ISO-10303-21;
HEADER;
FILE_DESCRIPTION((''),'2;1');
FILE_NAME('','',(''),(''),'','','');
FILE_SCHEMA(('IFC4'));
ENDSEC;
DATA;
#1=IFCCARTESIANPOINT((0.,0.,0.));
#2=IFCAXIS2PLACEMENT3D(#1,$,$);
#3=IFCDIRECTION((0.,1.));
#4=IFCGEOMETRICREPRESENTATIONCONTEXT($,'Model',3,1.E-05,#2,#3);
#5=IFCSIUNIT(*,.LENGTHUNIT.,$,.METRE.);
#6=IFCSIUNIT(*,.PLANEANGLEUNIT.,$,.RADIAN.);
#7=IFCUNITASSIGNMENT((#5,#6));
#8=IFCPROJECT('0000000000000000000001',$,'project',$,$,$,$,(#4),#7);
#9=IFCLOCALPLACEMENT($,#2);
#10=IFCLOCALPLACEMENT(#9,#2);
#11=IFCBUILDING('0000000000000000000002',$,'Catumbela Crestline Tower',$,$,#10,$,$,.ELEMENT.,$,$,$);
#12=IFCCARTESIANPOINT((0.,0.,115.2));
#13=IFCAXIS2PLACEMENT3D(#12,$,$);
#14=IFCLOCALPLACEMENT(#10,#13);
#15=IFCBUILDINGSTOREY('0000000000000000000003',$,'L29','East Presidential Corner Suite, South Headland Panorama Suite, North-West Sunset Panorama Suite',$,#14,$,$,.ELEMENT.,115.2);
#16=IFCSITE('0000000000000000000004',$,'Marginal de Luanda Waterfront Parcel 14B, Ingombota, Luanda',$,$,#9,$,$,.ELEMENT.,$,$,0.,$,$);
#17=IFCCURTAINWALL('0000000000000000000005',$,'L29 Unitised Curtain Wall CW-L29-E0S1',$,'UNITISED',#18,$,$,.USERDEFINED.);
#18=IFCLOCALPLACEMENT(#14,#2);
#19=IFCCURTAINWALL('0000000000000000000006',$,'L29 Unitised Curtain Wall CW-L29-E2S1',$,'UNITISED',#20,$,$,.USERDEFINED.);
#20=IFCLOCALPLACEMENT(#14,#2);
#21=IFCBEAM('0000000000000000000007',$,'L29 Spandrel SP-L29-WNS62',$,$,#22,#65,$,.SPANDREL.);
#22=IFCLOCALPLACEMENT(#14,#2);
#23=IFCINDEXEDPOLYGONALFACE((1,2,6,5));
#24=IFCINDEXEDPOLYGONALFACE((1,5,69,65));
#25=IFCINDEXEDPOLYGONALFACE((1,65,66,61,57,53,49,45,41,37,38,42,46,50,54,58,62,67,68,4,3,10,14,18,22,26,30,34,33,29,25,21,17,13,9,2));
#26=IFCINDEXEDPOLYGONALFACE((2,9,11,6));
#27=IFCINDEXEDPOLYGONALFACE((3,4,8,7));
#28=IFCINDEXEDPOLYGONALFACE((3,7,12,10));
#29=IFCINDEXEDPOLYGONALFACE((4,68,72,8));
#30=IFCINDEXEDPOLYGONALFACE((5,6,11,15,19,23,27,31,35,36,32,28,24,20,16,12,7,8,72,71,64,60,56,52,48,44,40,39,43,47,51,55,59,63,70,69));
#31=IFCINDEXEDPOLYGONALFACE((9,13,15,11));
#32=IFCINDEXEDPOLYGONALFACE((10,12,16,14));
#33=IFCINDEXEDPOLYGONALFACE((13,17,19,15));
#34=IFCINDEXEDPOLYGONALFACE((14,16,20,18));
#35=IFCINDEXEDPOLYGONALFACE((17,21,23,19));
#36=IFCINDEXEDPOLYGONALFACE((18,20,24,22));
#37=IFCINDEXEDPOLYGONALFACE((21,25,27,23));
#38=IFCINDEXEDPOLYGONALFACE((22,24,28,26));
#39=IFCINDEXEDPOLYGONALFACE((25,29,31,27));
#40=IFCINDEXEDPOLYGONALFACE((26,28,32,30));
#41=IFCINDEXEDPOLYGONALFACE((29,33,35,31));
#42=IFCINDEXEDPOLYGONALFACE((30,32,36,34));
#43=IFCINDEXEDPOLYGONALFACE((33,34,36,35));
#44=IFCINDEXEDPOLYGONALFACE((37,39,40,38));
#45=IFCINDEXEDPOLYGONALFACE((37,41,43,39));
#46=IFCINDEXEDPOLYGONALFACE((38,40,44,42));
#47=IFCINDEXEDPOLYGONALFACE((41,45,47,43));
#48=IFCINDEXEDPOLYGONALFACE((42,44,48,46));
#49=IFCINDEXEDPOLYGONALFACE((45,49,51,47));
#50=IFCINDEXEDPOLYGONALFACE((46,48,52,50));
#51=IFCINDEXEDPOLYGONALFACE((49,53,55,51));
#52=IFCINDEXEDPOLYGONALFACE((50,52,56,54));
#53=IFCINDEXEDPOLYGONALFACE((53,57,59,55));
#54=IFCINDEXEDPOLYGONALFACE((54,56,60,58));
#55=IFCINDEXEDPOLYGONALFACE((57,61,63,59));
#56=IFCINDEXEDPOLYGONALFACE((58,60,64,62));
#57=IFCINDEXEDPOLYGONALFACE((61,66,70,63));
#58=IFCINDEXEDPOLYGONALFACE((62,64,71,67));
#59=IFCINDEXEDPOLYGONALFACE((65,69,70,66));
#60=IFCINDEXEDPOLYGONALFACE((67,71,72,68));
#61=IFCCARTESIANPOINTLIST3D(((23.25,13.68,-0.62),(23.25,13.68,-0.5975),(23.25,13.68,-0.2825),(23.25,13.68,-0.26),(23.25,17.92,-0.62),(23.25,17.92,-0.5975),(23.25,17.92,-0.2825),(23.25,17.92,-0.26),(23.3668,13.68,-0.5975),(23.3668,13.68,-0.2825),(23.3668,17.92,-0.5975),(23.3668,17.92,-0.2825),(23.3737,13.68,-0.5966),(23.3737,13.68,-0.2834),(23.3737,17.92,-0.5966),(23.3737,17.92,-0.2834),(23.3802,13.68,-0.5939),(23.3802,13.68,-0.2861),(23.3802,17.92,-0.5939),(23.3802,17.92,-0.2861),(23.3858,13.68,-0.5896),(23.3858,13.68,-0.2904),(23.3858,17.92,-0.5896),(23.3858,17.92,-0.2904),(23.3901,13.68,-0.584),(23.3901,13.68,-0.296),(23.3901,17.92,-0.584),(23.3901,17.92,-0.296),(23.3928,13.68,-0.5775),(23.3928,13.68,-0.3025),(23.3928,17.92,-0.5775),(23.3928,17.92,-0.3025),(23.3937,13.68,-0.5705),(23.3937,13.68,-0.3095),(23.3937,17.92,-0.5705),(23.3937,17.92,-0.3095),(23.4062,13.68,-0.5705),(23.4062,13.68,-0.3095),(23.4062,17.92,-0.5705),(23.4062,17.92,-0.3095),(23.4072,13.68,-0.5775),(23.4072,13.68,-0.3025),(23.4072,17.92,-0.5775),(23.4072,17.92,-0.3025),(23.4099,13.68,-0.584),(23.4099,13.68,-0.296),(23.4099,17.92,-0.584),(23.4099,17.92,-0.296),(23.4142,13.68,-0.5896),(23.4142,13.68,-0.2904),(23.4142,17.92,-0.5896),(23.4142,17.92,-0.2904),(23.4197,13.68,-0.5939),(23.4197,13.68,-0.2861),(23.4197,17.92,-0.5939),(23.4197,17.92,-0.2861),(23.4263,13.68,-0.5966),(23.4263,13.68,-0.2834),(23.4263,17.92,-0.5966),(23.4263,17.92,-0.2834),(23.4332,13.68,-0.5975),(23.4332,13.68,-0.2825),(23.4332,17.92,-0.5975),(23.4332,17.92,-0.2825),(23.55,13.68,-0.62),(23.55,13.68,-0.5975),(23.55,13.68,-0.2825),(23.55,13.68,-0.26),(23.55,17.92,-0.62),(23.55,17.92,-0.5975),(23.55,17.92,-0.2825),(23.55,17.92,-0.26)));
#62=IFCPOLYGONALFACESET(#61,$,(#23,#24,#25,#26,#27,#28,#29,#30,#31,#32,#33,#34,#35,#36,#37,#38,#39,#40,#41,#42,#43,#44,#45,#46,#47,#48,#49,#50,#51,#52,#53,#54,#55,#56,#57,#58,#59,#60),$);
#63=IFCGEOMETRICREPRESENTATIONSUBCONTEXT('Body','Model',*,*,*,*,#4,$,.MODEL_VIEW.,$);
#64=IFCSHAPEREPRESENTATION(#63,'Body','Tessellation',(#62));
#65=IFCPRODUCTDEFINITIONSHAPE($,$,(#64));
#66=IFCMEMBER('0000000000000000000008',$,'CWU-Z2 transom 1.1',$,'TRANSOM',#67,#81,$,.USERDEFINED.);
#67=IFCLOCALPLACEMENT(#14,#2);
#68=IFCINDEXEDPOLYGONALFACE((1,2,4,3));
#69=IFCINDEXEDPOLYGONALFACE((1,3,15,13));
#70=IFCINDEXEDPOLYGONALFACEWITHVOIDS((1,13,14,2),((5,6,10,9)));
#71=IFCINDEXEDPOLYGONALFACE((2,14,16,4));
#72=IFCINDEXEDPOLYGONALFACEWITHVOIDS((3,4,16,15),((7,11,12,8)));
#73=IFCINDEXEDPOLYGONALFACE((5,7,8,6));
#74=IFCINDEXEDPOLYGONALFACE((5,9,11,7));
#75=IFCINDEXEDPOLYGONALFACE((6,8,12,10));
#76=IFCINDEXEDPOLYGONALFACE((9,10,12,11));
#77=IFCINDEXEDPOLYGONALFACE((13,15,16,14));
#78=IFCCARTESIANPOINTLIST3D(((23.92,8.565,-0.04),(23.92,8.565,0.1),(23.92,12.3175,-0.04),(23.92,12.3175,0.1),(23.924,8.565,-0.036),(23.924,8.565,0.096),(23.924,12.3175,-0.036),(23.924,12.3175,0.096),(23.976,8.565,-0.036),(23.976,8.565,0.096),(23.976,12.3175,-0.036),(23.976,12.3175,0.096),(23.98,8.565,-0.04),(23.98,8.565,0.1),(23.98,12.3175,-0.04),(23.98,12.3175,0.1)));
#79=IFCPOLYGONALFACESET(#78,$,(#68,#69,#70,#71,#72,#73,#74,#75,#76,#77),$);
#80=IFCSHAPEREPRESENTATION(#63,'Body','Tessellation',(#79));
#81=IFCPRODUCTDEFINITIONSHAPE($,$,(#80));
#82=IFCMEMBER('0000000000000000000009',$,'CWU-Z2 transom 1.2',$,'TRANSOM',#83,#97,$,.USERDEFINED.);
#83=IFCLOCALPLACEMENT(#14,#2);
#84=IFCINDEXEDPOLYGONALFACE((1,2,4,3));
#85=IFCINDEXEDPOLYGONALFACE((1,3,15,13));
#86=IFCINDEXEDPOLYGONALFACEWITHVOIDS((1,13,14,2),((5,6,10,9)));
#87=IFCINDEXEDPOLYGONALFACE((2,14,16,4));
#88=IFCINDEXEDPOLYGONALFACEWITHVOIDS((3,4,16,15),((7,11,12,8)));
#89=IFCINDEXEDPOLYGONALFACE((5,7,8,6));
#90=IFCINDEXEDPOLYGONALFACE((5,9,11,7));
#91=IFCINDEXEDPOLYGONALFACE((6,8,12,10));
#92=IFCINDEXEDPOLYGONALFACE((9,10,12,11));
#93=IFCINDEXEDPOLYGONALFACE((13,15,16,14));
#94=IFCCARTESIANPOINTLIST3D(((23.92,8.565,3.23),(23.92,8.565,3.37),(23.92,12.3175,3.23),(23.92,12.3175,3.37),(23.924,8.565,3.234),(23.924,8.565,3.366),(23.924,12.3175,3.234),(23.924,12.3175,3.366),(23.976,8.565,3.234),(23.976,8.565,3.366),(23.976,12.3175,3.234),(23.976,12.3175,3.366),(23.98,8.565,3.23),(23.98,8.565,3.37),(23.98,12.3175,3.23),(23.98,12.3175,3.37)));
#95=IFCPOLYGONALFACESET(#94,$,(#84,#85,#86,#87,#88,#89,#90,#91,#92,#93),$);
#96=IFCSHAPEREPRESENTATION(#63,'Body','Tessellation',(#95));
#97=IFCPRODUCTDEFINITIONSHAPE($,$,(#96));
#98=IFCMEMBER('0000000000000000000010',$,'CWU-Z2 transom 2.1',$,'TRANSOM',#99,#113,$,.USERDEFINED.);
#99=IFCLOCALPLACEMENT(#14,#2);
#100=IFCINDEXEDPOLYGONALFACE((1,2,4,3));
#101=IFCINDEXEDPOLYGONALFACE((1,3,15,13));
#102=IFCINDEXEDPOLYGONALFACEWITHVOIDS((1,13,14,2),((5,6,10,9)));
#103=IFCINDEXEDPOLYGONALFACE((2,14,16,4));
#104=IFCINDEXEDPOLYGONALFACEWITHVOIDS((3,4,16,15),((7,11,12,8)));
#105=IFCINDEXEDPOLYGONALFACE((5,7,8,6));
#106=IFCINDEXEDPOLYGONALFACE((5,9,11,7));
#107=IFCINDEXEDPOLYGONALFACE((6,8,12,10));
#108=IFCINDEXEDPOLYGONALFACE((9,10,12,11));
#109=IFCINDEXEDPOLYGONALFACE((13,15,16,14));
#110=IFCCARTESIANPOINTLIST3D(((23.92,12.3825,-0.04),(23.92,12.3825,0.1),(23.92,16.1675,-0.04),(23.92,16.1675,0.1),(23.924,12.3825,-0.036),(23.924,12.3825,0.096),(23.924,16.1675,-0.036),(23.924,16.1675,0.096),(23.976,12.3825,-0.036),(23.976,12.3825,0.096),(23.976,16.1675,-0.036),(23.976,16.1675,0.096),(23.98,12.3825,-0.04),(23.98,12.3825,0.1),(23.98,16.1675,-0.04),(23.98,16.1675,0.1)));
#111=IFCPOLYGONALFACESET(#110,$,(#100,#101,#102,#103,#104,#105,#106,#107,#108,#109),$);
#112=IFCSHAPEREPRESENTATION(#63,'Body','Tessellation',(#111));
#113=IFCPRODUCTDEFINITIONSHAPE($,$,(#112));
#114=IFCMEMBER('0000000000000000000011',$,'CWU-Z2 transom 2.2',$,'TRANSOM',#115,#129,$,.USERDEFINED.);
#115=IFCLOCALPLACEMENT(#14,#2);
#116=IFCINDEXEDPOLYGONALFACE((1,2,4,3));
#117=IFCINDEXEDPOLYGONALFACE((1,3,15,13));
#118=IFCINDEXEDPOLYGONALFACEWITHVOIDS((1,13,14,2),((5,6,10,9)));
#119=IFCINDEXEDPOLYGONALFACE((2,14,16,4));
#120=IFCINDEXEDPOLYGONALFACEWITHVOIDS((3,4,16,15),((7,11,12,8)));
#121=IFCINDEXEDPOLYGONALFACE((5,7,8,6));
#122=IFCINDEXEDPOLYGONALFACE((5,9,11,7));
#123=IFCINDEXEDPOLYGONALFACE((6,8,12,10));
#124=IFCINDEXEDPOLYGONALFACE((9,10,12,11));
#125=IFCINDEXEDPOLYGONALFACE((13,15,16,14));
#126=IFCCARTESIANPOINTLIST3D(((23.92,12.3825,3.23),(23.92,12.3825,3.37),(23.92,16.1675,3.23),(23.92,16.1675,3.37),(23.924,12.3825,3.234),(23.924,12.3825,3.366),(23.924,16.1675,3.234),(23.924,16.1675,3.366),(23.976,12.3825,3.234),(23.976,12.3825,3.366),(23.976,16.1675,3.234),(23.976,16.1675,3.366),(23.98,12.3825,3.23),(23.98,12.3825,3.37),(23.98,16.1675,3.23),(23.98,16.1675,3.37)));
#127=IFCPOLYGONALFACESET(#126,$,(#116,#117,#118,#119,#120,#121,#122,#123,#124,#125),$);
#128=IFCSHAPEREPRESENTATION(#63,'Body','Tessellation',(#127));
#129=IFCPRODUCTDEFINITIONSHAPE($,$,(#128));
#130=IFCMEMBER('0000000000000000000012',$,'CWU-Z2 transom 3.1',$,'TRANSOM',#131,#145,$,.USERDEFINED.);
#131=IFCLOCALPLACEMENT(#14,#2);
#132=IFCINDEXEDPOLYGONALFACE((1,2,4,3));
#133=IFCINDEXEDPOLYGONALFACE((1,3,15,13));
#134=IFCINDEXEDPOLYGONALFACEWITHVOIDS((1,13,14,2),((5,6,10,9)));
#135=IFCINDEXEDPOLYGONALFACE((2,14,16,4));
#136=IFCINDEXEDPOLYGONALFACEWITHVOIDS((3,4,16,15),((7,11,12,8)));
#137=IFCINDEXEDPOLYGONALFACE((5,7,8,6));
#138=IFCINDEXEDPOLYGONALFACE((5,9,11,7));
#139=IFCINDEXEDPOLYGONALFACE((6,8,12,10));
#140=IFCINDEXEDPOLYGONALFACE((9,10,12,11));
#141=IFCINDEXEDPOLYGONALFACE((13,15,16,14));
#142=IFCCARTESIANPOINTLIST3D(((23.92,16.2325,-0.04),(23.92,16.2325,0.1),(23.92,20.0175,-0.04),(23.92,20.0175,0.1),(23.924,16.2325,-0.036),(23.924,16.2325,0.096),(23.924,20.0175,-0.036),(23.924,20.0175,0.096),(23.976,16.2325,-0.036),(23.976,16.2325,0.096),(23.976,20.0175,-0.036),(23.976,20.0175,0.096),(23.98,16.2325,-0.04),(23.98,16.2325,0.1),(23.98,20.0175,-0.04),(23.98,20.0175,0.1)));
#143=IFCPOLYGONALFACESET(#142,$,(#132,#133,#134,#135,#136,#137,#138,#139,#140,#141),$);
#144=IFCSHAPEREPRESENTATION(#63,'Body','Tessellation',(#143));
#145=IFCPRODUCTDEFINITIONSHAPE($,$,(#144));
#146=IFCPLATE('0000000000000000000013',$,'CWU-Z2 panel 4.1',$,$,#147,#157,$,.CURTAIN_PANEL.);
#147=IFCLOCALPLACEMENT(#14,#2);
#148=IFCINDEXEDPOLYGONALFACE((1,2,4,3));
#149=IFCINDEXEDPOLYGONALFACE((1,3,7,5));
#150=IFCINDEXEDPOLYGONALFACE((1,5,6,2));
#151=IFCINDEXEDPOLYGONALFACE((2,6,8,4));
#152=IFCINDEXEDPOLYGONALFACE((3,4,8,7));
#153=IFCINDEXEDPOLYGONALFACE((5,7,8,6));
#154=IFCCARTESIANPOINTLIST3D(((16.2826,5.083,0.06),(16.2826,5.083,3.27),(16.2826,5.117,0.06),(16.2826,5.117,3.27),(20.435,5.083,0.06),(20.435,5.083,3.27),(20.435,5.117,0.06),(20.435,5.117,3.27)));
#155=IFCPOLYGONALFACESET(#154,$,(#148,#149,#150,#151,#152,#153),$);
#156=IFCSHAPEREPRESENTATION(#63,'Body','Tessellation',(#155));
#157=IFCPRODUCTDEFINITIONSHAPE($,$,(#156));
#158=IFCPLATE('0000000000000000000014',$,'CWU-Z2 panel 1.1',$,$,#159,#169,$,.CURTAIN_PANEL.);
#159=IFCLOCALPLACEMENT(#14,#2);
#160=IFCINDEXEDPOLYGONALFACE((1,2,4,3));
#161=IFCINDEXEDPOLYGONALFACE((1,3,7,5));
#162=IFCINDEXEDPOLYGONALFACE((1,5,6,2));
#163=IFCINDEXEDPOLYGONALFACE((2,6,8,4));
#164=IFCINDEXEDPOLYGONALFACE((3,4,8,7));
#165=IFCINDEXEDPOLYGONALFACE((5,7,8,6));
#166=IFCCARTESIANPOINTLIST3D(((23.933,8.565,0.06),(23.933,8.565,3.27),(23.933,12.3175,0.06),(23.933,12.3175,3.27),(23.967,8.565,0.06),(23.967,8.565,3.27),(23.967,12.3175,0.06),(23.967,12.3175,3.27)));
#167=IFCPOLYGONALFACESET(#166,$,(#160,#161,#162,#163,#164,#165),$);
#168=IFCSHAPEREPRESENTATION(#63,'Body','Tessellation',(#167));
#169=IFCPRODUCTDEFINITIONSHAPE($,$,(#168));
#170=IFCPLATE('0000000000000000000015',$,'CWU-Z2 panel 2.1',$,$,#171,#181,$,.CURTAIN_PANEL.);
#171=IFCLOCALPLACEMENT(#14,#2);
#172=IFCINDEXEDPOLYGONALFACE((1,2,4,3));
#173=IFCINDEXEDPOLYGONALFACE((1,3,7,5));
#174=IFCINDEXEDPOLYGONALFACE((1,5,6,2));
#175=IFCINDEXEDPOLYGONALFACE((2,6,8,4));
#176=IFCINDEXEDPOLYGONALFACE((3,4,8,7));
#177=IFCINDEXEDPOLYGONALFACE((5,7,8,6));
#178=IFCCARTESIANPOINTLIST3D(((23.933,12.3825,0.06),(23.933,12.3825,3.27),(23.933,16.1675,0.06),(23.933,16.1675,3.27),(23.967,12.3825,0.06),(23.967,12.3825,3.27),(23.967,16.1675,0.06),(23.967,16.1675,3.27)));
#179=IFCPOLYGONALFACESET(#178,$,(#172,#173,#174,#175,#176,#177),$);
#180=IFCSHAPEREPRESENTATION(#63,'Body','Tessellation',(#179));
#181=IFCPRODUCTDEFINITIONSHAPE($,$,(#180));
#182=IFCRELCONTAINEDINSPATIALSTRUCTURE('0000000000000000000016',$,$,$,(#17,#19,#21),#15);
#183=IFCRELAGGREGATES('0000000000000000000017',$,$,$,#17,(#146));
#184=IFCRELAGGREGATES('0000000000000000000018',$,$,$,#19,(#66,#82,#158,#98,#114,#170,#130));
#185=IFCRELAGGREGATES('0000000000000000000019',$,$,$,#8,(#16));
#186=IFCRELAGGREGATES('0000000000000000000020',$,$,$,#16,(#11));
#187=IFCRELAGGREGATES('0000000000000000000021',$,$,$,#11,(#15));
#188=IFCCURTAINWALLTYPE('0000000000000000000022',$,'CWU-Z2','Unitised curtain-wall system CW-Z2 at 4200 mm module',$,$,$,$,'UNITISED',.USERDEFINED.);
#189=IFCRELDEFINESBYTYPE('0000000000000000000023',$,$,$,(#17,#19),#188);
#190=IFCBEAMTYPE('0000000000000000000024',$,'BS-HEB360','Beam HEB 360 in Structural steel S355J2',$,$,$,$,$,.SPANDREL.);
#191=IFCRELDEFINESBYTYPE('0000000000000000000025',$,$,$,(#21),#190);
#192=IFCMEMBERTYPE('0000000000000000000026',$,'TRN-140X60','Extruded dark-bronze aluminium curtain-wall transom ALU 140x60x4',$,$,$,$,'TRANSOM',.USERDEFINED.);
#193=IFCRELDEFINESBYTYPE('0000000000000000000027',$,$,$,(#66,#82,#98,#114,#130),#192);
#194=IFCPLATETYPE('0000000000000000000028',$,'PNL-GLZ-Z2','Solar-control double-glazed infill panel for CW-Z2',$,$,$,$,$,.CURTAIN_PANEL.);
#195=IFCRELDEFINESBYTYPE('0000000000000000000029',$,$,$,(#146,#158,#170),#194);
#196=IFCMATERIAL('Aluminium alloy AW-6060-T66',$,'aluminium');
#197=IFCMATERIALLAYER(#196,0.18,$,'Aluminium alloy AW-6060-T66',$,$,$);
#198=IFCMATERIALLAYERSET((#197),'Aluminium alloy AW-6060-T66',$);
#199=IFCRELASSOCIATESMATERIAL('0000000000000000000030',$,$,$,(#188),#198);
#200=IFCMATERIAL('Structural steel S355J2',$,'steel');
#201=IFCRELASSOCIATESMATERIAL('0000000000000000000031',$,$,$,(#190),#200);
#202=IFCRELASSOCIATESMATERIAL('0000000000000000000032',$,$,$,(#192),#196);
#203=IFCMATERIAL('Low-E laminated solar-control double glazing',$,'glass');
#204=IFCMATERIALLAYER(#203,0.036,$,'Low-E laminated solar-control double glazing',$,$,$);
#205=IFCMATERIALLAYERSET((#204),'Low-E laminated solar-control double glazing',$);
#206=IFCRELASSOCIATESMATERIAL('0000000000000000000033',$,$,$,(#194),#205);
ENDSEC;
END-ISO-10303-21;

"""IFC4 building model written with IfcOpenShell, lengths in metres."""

from ifc_helpers import new_model, si_unit, direction, frame, origin, origin_2d, place, context, subcontext, project, spatial, rectangle, hollow_rectangle, i_section, extrude, material, layer, layer_set, material_profile, profile_set, type_object, element, aggregate, save


model = new_model("IFC4")

# Units and contexts
model_context = context("Model", 3, precision=1e-05, world=origin(), true_north=direction((0.0, 1.0)))
body_context = subcontext(model_context, "Body", "Model", "MODEL_VIEW")
ifc_project = project(units=[si_unit("LENGTHUNIT", "METRE"), si_unit("PLANEANGLEUNIT", "RADIAN")], contexts=[model_context])

# Site, building, storey
site_placement = place(None, origin())
site = spatial("IfcSite", under=ifc_project, at=site_placement, Name="Marginal de Luanda Waterfront Parcel 14B, Ingombota, Luanda", CompositionType="ELEMENT", RefElevation=0.0)
building_placement = place(site_placement, origin())
building = spatial("IfcBuilding", under=site, at=building_placement, Name="Catumbela Crestline Tower", CompositionType="ELEMENT")
storey_placement = place(building_placement, frame((0.0, 0.0, 115.2)))
storey = spatial("IfcBuildingStorey", under=building, at=storey_placement, Name="L29", Description="East Presidential Corner Suite, South Headland Panorama Suite, North-West Sunset Panorama Suite", CompositionType="ELEMENT", Elevation=115.2)

# Shared definitions
ifc_material_1 = material(Name="Structural steel S355J2", Category="steel")

# Curtain wall
ifc_material_2 = material(Name="Aluminium alloy AW-6060-T66", Category="aluminium")
ifc_layer_1 = layer(ifc_material_2, 0.18, Name="Aluminium alloy AW-6060-T66")
ifc_layer_set_1 = layer_set([ifc_layer_1], Name="Aluminium alloy AW-6060-T66")
curtain_wall_type = type_object("IfcCurtainWallType", Name="CWU-Z2", Description="Unitised curtain-wall system CW-Z2 at 4200 mm module", ElementType="UNITISED", PredefinedType="USERDEFINED", material=ifc_layer_set_1)
curtain_wall_1_placement = place(storey_placement, origin())
curtain_wall_1 = element("IfcCurtainWall", 1, at=curtain_wall_1_placement, inside=storey, type_object=curtain_wall_type, Name="L29 Unitised Curtain Wall CW-L29-E0S1", ObjectType="UNITISED", PredefinedType="USERDEFINED")

# Curtain wall
curtain_wall_2_placement = place(storey_placement, origin())
curtain_wall_2 = element("IfcCurtainWall", 2, at=curtain_wall_2_placement, inside=storey, type_object=curtain_wall_type, Name="L29 Unitised Curtain Wall CW-L29-E2S1", ObjectType="UNITISED", PredefinedType="USERDEFINED")

# Beam
ifc_material_profile_1 = material_profile(ifc_material_1, i_section(OverallWidth=0.3, OverallDepth=0.36, WebThickness=0.0125, FlangeThickness=0.0225, FilletRadius=0.027, at=origin_2d()), Name="HEB 360")
ifc_profile_set_1 = profile_set([ifc_material_profile_1], Name="Structural steel S355J2")
beam_type_1 = type_object("IfcBeamType", Name="BS-HEB360", Description="Beam HEB 360 in Structural steel S355J2", PredefinedType="SPANDREL", material=ifc_profile_set_1)
beam_1_placement = place(storey_placement, frame((23.4, 13.68, -0.44), z_axis=(0.0, 1.0, 0.0), x_axis=(-1.0, 0.0, 0.0)))
element("IfcBeam", 3, at=beam_1_placement, inside=storey, type_object=beam_type_1, Name="L29 Spandrel SP-L29-WNS62", PredefinedType="SPANDREL", context=body_context, shape_type="SweptSolid", body=[
    extrude(i_section(OverallWidth=0.3, OverallDepth=0.36, WebThickness=0.0125, FlangeThickness=0.0225, FilletRadius=0.027, at=origin_2d()), origin(), (0.0, 0.0, 1.0), 4.24),
])

# Members
ifc_material_profile_2 = material_profile(ifc_material_2, hollow_rectangle(XDim=0.06, YDim=0.14, WallThickness=0.004, at=origin_2d()), Name="ALU 140x60x4")
ifc_profile_set_2 = profile_set([ifc_material_profile_2], Name="Aluminium alloy AW-6060-T66")
member_type_1 = type_object("IfcMemberType", Name="TRN-140X60", Description="Extruded dark-bronze aluminium curtain-wall transom ALU 140x60x4", ElementType="TRANSOM", PredefinedType="USERDEFINED", material=ifc_profile_set_2)
member_1_placement = place(storey_placement, frame((23.95, 8.565, 0.03), z_axis=(0.0, 1.0, 0.0), x_axis=(-1.0, 0.0, 0.0)))
member_1 = element("IfcMember", 4, at=member_1_placement, type_object=member_type_1, Name="CWU-Z2 transom 1.1", ObjectType="TRANSOM", PredefinedType="USERDEFINED", context=body_context, shape_type="SweptSolid", body=[
    extrude(hollow_rectangle(XDim=0.06, YDim=0.14, WallThickness=0.004, at=origin_2d()), origin(), (0.0, 0.0, 1.0), 3.7525),
])
member_2_placement = place(storey_placement, frame((23.95, 8.565, 3.3), z_axis=(0.0, 1.0, 0.0), x_axis=(-1.0, 0.0, 0.0)))
member_2 = element("IfcMember", 5, at=member_2_placement, type_object=member_type_1, Name="CWU-Z2 transom 1.2", ObjectType="TRANSOM", PredefinedType="USERDEFINED", context=body_context, shape_type="SweptSolid", body=[
    extrude(hollow_rectangle(XDim=0.06, YDim=0.14, WallThickness=0.004, at=origin_2d()), origin(), (0.0, 0.0, 1.0), 3.7525),
])
member_3_placement = place(storey_placement, frame((23.95, 12.3825, 0.03), z_axis=(0.0, 1.0, 0.0), x_axis=(-1.0, 0.0, 0.0)))
member_3 = element("IfcMember", 6, at=member_3_placement, type_object=member_type_1, Name="CWU-Z2 transom 2.1", ObjectType="TRANSOM", PredefinedType="USERDEFINED", context=body_context, shape_type="SweptSolid", body=[
    extrude(hollow_rectangle(XDim=0.06, YDim=0.14, WallThickness=0.004, at=origin_2d()), origin(), (0.0, 0.0, 1.0), 3.785),
])
member_4_placement = place(storey_placement, frame((23.95, 12.3825, 3.3), z_axis=(0.0, 1.0, 0.0), x_axis=(-1.0, 0.0, 0.0)))
member_4 = element("IfcMember", 7, at=member_4_placement, type_object=member_type_1, Name="CWU-Z2 transom 2.2", ObjectType="TRANSOM", PredefinedType="USERDEFINED", context=body_context, shape_type="SweptSolid", body=[
    extrude(hollow_rectangle(XDim=0.06, YDim=0.14, WallThickness=0.004, at=origin_2d()), origin(), (0.0, 0.0, 1.0), 3.785),
])
member_5_placement = place(storey_placement, frame((23.95, 16.2325, 0.03), z_axis=(0.0, 1.0, 0.0), x_axis=(-1.0, 0.0, 0.0)))
member_5 = element("IfcMember", 8, at=member_5_placement, type_object=member_type_1, Name="CWU-Z2 transom 3.1", ObjectType="TRANSOM", PredefinedType="USERDEFINED", context=body_context, shape_type="SweptSolid", body=[
    extrude(hollow_rectangle(XDim=0.06, YDim=0.14, WallThickness=0.004, at=origin_2d()), origin(), (0.0, 0.0, 1.0), 3.785),
])

# Plates
ifc_material_3 = material(Name="Low-E laminated solar-control double glazing", Category="glass")
ifc_layer_2 = layer(ifc_material_3, 0.036, Name="Low-E laminated solar-control double glazing")
ifc_layer_set_2 = layer_set([ifc_layer_2], Name="Low-E laminated solar-control double glazing")
plate_type = type_object("IfcPlateType", Name="PNL-GLZ-Z2", Description="Solar-control double-glazed infill panel for CW-Z2", PredefinedType="CURTAIN_PANEL", material=ifc_layer_set_2)
plate_1_placement = place(storey_placement, frame((18.3588, 5.1, 0.06), z_axis=(0.0, 0.0, 1.0), x_axis=(1.0, 0.0, 0.0)))
plate_1 = element("IfcPlate", 9, at=plate_1_placement, type_object=plate_type, Name="CWU-Z2 panel 4.1", PredefinedType="CURTAIN_PANEL", context=body_context, shape_type="SweptSolid", body=[
    extrude(rectangle(XDim=4.1525, YDim=0.034, at=origin_2d()), origin(), (0.0, 0.0, 1.0), 3.21),
])
aggregate(curtain_wall_1, [plate_1])
plate_2_placement = place(storey_placement, frame((23.95, 10.4412, 0.06), z_axis=(0.0, 0.0, 1.0), x_axis=(0.0, 1.0, 0.0)))
plate_2 = element("IfcPlate", 10, at=plate_2_placement, type_object=plate_type, Name="CWU-Z2 panel 1.1", PredefinedType="CURTAIN_PANEL", context=body_context, shape_type="SweptSolid", body=[
    extrude(rectangle(XDim=3.7525, YDim=0.034, at=origin_2d()), origin(), (0.0, 0.0, 1.0), 3.21),
])
plate_3_placement = place(storey_placement, frame((23.95, 14.275, 0.06), z_axis=(0.0, 0.0, 1.0), x_axis=(0.0, 1.0, 0.0)))
plate_3 = element("IfcPlate", 11, at=plate_3_placement, type_object=plate_type, Name="CWU-Z2 panel 2.1", PredefinedType="CURTAIN_PANEL", context=body_context, shape_type="SweptSolid", body=[
    extrude(rectangle(XDim=3.785, YDim=0.034, at=origin_2d()), origin(), (0.0, 0.0, 1.0), 3.21),
])
aggregate(curtain_wall_2, [member_1, member_2, plate_2, member_3, member_4, plate_3, member_5])

save(model, "model.ifc")
